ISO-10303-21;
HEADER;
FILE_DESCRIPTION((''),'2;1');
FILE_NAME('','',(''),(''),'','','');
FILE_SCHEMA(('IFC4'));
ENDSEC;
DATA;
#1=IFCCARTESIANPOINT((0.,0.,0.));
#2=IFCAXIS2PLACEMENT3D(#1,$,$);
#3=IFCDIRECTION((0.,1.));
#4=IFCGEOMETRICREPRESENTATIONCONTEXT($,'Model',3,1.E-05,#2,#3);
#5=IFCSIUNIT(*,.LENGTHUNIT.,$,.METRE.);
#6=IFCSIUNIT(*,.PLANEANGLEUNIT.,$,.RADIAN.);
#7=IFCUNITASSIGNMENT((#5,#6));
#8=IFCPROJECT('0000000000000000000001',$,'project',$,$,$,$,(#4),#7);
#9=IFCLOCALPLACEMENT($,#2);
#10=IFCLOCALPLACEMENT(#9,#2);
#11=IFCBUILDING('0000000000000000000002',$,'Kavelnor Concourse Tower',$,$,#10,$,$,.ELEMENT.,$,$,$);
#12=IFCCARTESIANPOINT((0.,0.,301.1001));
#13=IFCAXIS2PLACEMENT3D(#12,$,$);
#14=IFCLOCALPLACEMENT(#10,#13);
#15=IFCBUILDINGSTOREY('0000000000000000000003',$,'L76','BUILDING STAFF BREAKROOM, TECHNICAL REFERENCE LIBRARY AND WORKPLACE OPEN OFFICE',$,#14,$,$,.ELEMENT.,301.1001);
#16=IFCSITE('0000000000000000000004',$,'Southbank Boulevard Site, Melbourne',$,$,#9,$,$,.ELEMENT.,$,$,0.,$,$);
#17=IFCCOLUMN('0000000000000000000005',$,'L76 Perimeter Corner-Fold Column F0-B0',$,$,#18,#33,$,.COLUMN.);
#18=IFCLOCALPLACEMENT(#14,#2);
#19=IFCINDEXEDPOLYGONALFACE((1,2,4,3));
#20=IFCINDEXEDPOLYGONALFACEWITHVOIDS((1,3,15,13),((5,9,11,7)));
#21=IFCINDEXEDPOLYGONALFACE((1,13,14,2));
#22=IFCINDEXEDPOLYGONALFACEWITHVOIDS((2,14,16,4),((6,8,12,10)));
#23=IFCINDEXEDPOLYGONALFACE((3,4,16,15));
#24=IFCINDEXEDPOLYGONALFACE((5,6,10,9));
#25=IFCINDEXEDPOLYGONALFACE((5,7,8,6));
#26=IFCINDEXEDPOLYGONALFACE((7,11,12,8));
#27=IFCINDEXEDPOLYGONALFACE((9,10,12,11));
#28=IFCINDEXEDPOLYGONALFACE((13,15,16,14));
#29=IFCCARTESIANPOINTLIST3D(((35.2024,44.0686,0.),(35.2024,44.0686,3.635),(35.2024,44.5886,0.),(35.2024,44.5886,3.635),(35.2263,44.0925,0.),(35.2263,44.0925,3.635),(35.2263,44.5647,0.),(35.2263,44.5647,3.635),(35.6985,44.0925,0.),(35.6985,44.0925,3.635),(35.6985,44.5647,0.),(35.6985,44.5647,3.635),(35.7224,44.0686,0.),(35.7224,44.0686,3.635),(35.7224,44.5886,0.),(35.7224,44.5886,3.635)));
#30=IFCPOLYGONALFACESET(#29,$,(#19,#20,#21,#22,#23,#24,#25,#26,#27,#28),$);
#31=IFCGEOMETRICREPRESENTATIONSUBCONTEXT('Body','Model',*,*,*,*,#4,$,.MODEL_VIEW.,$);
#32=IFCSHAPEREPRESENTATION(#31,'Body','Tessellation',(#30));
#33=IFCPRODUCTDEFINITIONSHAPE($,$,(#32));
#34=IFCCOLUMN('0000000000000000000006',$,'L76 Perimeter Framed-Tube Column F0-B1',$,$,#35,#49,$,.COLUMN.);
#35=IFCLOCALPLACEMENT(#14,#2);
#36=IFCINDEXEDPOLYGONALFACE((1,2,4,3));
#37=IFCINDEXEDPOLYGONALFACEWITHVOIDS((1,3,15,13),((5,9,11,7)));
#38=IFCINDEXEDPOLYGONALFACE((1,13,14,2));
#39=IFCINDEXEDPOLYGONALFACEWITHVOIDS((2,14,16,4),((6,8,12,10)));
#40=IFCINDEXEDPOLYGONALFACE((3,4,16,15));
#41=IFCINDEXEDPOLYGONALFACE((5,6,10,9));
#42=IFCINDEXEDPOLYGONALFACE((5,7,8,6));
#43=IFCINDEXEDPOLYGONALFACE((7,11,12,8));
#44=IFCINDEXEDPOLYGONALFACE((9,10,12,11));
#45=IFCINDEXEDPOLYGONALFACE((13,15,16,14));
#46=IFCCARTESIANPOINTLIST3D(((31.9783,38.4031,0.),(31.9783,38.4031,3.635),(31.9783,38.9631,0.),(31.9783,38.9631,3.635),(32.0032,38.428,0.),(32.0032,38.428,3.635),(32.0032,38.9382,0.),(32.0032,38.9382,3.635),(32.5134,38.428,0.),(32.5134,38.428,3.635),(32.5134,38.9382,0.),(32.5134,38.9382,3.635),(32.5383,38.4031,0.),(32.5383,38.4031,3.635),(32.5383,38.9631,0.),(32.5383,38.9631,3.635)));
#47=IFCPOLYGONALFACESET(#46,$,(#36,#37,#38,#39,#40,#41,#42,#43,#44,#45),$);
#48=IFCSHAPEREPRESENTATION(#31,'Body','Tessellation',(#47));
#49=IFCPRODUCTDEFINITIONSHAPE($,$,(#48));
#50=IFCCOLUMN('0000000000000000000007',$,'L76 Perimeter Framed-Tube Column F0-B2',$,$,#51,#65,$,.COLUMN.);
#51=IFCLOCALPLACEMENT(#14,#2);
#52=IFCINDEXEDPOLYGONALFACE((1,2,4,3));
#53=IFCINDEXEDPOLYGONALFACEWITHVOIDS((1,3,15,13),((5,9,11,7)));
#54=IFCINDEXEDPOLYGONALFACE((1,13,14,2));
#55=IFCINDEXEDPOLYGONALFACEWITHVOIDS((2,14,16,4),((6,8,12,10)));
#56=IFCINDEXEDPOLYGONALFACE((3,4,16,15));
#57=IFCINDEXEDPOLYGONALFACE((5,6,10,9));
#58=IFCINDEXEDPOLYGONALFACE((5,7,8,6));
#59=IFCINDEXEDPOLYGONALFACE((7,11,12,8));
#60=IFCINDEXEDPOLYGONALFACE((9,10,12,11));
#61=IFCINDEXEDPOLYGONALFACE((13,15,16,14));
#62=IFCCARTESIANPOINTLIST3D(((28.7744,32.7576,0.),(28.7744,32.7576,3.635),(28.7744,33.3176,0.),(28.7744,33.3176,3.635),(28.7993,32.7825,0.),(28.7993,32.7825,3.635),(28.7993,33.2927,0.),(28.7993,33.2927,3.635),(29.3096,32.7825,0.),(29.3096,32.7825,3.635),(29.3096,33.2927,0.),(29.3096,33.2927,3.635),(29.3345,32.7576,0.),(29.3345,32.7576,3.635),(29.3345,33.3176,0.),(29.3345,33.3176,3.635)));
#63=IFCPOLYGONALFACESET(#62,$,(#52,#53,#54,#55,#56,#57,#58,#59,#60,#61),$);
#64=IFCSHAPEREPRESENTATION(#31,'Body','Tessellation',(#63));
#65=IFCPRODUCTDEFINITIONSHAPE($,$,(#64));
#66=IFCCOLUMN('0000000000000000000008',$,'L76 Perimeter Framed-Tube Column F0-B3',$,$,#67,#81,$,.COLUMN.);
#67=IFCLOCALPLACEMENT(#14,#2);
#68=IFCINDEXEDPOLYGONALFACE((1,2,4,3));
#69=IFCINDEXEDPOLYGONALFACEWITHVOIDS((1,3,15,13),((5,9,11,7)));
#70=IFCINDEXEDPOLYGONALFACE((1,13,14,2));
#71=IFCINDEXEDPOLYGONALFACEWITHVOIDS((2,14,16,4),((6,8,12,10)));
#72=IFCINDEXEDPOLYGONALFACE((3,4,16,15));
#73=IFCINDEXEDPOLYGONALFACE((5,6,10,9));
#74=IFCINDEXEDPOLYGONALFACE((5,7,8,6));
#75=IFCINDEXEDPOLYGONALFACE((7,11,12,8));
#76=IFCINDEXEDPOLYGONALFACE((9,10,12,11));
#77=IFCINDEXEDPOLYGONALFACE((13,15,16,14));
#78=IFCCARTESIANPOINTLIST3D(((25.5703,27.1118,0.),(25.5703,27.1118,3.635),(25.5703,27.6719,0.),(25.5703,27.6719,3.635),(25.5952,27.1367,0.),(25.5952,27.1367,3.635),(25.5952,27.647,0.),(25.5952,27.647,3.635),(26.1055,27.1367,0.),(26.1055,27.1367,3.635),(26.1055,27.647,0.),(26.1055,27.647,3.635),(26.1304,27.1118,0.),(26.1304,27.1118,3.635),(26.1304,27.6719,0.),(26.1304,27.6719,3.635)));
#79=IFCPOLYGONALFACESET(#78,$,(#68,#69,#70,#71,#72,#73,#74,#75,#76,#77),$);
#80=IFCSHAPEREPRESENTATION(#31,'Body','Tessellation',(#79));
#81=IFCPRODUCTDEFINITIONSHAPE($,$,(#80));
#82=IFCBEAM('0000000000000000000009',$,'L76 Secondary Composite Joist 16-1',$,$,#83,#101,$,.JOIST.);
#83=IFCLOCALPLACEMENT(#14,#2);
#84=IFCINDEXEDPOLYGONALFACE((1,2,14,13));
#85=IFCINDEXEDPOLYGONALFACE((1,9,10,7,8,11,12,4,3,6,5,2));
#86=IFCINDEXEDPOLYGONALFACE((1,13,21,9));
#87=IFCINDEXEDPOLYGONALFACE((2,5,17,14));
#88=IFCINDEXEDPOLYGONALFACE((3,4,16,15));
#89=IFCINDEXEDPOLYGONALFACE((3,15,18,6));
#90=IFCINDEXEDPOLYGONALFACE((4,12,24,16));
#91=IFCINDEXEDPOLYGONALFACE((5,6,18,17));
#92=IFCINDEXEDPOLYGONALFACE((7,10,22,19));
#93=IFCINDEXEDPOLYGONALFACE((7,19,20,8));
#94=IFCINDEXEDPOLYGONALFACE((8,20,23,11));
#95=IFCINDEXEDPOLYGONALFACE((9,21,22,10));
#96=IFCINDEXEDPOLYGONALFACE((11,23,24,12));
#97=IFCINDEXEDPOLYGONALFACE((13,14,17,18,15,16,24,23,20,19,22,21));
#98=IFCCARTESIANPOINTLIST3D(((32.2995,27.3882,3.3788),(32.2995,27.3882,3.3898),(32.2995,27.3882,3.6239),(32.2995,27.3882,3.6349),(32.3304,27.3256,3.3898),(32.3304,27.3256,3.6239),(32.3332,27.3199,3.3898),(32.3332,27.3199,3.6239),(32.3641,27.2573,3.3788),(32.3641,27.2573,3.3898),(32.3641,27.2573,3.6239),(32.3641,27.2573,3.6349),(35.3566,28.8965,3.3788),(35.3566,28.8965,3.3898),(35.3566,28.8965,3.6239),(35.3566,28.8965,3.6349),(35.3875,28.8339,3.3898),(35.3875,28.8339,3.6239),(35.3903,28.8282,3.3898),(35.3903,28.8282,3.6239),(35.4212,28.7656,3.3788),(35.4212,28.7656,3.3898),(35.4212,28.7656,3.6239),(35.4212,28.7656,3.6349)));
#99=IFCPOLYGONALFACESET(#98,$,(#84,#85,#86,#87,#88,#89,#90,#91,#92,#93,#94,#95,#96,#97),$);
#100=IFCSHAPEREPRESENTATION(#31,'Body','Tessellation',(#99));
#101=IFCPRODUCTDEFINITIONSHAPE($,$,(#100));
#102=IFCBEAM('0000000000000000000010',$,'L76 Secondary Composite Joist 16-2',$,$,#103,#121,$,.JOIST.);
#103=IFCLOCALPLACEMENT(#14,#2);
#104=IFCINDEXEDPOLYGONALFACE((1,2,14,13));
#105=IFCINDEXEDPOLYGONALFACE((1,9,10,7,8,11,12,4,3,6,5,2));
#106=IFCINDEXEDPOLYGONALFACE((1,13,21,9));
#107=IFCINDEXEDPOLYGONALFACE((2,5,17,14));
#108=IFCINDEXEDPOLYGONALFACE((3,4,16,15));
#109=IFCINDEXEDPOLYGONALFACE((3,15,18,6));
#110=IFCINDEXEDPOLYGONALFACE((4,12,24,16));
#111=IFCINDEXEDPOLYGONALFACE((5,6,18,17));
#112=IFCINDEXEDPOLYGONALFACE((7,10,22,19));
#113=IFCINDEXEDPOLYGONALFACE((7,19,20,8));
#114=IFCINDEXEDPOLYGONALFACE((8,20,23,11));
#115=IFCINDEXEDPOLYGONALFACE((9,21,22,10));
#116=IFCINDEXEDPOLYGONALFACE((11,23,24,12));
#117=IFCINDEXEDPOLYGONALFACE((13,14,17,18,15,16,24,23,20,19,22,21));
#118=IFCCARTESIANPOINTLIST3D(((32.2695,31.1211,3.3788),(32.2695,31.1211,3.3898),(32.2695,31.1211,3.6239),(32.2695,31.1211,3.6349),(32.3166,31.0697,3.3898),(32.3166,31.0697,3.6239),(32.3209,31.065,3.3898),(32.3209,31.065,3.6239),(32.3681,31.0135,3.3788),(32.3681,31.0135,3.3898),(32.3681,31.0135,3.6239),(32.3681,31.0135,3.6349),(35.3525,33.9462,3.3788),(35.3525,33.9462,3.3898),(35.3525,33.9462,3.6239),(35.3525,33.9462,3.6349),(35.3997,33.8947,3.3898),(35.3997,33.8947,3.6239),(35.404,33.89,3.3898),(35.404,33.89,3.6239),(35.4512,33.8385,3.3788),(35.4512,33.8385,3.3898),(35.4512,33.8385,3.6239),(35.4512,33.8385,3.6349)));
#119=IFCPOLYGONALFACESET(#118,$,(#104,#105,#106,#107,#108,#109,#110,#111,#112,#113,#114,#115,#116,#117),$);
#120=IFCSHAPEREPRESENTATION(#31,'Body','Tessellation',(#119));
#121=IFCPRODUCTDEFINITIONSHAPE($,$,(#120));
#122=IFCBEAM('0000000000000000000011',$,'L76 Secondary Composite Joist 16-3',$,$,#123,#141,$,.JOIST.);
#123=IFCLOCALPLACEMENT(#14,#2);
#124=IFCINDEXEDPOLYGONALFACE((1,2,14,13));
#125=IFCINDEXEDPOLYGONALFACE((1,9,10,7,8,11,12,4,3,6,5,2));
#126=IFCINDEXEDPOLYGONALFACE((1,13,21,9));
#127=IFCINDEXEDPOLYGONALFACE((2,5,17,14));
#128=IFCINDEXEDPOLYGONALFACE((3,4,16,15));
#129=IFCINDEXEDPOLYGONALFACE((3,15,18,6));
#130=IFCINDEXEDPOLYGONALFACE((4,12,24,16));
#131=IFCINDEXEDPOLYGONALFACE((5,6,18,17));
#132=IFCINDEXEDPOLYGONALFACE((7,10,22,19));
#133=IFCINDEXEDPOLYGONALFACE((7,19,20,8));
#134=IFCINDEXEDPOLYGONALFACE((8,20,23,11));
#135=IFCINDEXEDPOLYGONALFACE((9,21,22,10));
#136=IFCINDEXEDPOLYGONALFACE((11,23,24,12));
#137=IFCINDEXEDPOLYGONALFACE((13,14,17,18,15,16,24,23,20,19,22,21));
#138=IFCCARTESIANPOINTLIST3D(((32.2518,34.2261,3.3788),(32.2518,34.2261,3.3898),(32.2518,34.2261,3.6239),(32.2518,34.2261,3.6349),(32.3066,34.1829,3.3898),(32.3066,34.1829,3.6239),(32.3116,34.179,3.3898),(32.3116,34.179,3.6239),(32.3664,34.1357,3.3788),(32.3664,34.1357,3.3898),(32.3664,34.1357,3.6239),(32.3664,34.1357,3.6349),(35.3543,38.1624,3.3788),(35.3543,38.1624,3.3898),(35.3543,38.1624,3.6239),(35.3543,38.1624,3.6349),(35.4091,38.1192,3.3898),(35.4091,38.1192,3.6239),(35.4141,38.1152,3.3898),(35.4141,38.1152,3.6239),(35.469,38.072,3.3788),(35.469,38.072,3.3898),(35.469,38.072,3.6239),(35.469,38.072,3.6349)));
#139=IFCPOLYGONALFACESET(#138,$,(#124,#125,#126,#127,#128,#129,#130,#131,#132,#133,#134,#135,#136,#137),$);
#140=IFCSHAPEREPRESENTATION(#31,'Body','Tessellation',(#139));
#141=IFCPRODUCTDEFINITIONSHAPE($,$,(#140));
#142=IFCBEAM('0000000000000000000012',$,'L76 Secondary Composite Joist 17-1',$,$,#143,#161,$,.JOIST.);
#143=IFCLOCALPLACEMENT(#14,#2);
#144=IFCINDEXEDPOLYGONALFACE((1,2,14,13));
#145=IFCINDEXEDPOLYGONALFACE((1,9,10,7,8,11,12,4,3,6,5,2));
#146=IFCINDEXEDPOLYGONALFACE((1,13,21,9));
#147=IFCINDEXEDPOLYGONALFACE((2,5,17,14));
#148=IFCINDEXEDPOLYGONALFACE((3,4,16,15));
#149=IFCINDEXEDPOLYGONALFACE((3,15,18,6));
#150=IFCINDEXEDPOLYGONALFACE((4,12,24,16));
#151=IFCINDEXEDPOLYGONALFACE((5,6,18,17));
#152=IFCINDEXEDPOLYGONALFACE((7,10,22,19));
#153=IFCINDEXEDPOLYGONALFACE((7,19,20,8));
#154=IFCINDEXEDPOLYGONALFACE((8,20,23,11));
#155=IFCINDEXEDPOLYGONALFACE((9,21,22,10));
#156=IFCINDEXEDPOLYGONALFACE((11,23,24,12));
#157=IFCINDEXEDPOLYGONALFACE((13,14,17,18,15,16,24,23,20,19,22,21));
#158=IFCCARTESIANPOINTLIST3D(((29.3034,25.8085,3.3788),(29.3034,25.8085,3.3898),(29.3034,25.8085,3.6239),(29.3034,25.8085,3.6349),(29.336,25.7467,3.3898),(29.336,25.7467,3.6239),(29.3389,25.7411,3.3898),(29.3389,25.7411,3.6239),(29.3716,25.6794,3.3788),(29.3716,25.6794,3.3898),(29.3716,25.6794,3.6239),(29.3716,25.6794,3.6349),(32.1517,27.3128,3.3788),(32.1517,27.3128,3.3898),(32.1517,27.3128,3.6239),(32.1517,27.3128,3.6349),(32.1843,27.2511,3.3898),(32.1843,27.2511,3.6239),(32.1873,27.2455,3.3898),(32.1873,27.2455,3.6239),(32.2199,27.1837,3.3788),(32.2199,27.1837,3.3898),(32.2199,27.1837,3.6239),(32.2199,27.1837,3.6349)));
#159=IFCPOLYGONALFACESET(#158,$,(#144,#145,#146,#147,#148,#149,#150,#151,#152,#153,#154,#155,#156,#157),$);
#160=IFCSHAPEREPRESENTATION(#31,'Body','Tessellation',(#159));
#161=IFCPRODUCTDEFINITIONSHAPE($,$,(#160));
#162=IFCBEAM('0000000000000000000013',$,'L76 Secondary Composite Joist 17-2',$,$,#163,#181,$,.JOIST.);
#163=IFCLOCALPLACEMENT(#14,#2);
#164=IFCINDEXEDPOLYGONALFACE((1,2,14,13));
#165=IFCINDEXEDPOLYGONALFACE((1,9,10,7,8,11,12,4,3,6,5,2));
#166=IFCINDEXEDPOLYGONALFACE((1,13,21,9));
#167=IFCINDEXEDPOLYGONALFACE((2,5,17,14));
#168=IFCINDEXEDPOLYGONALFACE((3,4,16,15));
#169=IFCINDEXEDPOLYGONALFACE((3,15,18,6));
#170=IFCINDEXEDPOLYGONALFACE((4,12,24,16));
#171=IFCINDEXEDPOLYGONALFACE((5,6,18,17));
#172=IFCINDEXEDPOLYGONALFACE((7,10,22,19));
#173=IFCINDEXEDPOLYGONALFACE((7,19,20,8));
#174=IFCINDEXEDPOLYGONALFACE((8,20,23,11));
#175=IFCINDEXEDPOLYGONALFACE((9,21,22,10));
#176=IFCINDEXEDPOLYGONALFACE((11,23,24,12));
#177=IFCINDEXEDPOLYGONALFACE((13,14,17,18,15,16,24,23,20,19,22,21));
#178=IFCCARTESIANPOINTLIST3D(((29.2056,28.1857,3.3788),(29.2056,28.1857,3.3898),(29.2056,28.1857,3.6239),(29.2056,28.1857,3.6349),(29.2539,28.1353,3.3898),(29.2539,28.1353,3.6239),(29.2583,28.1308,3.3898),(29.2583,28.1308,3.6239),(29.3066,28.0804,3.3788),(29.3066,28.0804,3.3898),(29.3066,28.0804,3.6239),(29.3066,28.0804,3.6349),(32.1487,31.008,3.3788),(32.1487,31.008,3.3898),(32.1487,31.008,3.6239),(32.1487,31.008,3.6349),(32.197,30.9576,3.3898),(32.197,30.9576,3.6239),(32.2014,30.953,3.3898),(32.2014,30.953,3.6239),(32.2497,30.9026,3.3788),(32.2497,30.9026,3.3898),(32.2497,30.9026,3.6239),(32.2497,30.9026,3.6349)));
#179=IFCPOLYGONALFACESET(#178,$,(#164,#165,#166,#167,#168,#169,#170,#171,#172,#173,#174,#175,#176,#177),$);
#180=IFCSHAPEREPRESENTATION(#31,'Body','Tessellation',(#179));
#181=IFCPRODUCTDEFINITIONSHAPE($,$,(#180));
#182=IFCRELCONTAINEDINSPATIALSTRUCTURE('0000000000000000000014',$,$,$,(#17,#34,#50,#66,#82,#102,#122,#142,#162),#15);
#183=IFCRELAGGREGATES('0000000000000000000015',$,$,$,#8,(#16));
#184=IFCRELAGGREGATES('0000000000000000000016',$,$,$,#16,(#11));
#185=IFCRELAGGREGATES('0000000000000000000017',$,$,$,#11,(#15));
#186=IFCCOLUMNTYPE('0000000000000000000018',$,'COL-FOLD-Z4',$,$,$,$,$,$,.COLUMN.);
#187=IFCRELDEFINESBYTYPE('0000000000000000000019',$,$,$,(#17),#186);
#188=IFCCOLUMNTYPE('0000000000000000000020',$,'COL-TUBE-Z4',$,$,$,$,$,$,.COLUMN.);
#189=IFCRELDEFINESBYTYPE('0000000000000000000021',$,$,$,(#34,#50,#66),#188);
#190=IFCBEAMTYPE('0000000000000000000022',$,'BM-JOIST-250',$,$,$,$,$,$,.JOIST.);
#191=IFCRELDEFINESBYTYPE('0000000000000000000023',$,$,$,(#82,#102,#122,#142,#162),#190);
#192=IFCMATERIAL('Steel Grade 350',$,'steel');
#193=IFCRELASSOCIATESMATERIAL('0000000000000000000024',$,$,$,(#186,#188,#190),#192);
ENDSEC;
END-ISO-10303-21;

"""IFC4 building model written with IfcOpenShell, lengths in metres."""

from ifc_helpers import new_model, si_unit, direction, frame, origin, origin_2d, place, context, subcontext, project, spatial, hollow_rectangle, i_section, extrude, material, material_profile, profile_set, type_object, element, save


model = new_model("IFC4")

# Units and contexts
model_context = context("Model", 3, precision=1e-05, world=origin(), true_north=direction((0.0, 1.0)))
body_context = subcontext(model_context, "Body", "Model", "MODEL_VIEW")
ifc_project = project(units=[si_unit("LENGTHUNIT", "METRE"), si_unit("PLANEANGLEUNIT", "RADIAN")], contexts=[model_context])

# Site, building, storey
site_placement = place(None, origin())
site = spatial("IfcSite", under=ifc_project, at=site_placement, Name="Southbank Boulevard Site, Melbourne", CompositionType="ELEMENT", RefElevation=0.0)
building_placement = place(site_placement, origin())
building = spatial("IfcBuilding", under=site, at=building_placement, Name="Kavelnor Concourse Tower", CompositionType="ELEMENT")
storey_placement = place(building_placement, frame((0.0, 0.0, 301.1001)))
storey = spatial("IfcBuildingStorey", under=building, at=storey_placement, Name="L76", Description="BUILDING STAFF BREAKROOM, TECHNICAL REFERENCE LIBRARY AND WORKPLACE OPEN OFFICE", CompositionType="ELEMENT", Elevation=301.1001)

# Columns
ifc_material_1 = material(Name="Steel Grade 350", Category="steel")
ifc_material_profile_1 = material_profile(ifc_material_1, hollow_rectangle(XDim=0.52, YDim=0.52, WallThickness=0.0239, at=origin_2d()), Name="SHS 520x520x24")
ifc_profile_set_1 = profile_set([ifc_material_profile_1], Name="Steel Grade 350")
column_type_1 = type_object("IfcColumnType", Name="COL-FOLD-Z4", PredefinedType="COLUMN", material=ifc_profile_set_1)
column_placement = place(storey_placement, frame((35.4624, 44.3286, 0.0), z_axis=(0.0, 0.0, 1.0), x_axis=(1.0, 0.0, 0.0)))
element("IfcColumn", 1, at=column_placement, inside=storey, type_object=column_type_1, Name="L76 Perimeter Corner-Fold Column F0-B0", PredefinedType="COLUMN", context=body_context, shape_type="SweptSolid", body=[
    extrude(hollow_rectangle(XDim=0.52, YDim=0.52, WallThickness=0.0239, at=origin_2d()), origin(), (0.0, 0.0, 1.0), 3.635),
])
ifc_material_profile_2 = material_profile(ifc_material_1, hollow_rectangle(XDim=0.5601, YDim=0.5601, WallThickness=0.0249, at=origin_2d()), Name="SHS 560x560x25")
ifc_profile_set_2 = profile_set([ifc_material_profile_2], Name="Steel Grade 350")
column_type_2 = type_object("IfcColumnType", Name="COL-TUBE-Z4", PredefinedType="COLUMN", material=ifc_profile_set_2)
for number, where, z_axis, x_axis, name in (
    (2, (32.2583, 38.6831, 0.0), (0.0, 0.0, 1.0), (1.0, 0.0, 0.0), "L76 Perimeter Framed-Tube Column F0-B1"),
    (3, (29.0544, 33.0376, 0.0), (0.0, 0.0, 1.0), (1.0, 0.0, 0.0), "L76 Perimeter Framed-Tube Column F0-B2"),
    (4, (25.8503, 27.3918, 0.0), (0.0, 0.0, 1.0), (1.0, 0.0, 0.0), "L76 Perimeter Framed-Tube Column F0-B3"),
):
    element("IfcColumn", number, at=place(storey_placement, frame(where, z_axis=z_axis, x_axis=x_axis)), inside=storey, type_object=column_type_2, Name=name, PredefinedType="COLUMN", context=body_context, shape_type="SweptSolid", body=[
        extrude(hollow_rectangle(XDim=0.5601, YDim=0.5601, WallThickness=0.0249, at=origin_2d()), origin(), (0.0, 0.0, 1.0), 3.635),
    ])

# Beams
ifc_material_profile_3 = material_profile(ifc_material_1, i_section(OverallWidth=0.146, OverallDepth=0.2561, WebThickness=0.0063, FlangeThickness=0.011, at=origin_2d()), Name="250UB37")
ifc_profile_set_3 = profile_set([ifc_material_profile_3], Name="Steel Grade 350")
beam_type_1 = type_object("IfcBeamType", Name="BM-JOIST-250", PredefinedType="JOIST", material=ifc_profile_set_3)
beam_1_placement = place(storey_placement, frame((35.3889, 28.8311, 3.5068), z_axis=(-0.896792, -0.442452, 0.0), x_axis=(0.442452, -0.896792, 0.0)))
element("IfcBeam", 5, at=beam_1_placement, inside=storey, type_object=beam_type_1, Name="L76 Secondary Composite Joist 16-1", PredefinedType="JOIST", context=body_context, shape_type="SweptSolid", body=[
    extrude(i_section(OverallWidth=0.146, OverallDepth=0.2561, WebThickness=0.0063, FlangeThickness=0.011, at=origin_2d()), origin(), (0.0, 0.0, 1.0), 3.4089),
])
beam_2_placement = place(storey_placement, frame((35.4019, 33.8923, 3.5068), z_axis=(-0.73729, -0.675577, 0.0), x_axis=(0.675577, -0.73729, 0.0)))
element("IfcBeam", 6, at=beam_2_placement, inside=storey, type_object=beam_type_1, Name="L76 Secondary Composite Joist 16-2", PredefinedType="JOIST", context=body_context, shape_type="SweptSolid", body=[
    extrude(i_section(OverallWidth=0.146, OverallDepth=0.2561, WebThickness=0.0063, FlangeThickness=0.011, at=origin_2d()), origin(), (0.0, 0.0, 1.0), 4.1816),
])
beam_3_placement = place(storey_placement, frame((35.4116, 38.1172, 3.5068), z_axis=(-0.619023, -0.785373, 0.0), x_axis=(0.785373, -0.619023, 0.0)))
element("IfcBeam", 7, at=beam_3_placement, inside=storey, type_object=beam_type_1, Name="L76 Secondary Composite Joist 16-3", PredefinedType="JOIST", context=body_context, shape_type="SweptSolid", body=[
    extrude(i_section(OverallWidth=0.146, OverallDepth=0.2561, WebThickness=0.0063, FlangeThickness=0.011, at=origin_2d()), origin(), (0.0, 0.0, 1.0), 5.012),
])
beam_4_placement = place(storey_placement, frame((32.1858, 27.2483, 3.5068), z_axis=(-0.884247, -0.46702, 0.0), x_axis=(0.46702, -0.884247, 0.0)))
element("IfcBeam", 8, at=beam_4_placement, inside=storey, type_object=beam_type_1, Name="L76 Secondary Composite Joist 17-1", PredefinedType="JOIST", context=body_context, shape_type="SweptSolid", body=[
    extrude(i_section(OverallWidth=0.146, OverallDepth=0.2561, WebThickness=0.0063, FlangeThickness=0.011, at=origin_2d()), origin(), (0.0, 0.0, 1.0), 3.2212),
])
beam_5_placement = place(storey_placement, frame((32.1992, 30.9553, 3.5068), z_axis=(-0.72177, -0.692133, 0.0), x_axis=(0.692133, -0.72177, 0.0)))
element("IfcBeam", 9, at=beam_5_placement, inside=storey, type_object=beam_type_1, Name="L76 Secondary Composite Joist 17-2", PredefinedType="JOIST", context=body_context, shape_type="SweptSolid", body=[
    extrude(i_section(OverallWidth=0.146, OverallDepth=0.2561, WebThickness=0.0063, FlangeThickness=0.011, at=origin_2d()), origin(), (0.0, 0.0, 1.0), 4.0776),
])

save(model, "model.ifc")
